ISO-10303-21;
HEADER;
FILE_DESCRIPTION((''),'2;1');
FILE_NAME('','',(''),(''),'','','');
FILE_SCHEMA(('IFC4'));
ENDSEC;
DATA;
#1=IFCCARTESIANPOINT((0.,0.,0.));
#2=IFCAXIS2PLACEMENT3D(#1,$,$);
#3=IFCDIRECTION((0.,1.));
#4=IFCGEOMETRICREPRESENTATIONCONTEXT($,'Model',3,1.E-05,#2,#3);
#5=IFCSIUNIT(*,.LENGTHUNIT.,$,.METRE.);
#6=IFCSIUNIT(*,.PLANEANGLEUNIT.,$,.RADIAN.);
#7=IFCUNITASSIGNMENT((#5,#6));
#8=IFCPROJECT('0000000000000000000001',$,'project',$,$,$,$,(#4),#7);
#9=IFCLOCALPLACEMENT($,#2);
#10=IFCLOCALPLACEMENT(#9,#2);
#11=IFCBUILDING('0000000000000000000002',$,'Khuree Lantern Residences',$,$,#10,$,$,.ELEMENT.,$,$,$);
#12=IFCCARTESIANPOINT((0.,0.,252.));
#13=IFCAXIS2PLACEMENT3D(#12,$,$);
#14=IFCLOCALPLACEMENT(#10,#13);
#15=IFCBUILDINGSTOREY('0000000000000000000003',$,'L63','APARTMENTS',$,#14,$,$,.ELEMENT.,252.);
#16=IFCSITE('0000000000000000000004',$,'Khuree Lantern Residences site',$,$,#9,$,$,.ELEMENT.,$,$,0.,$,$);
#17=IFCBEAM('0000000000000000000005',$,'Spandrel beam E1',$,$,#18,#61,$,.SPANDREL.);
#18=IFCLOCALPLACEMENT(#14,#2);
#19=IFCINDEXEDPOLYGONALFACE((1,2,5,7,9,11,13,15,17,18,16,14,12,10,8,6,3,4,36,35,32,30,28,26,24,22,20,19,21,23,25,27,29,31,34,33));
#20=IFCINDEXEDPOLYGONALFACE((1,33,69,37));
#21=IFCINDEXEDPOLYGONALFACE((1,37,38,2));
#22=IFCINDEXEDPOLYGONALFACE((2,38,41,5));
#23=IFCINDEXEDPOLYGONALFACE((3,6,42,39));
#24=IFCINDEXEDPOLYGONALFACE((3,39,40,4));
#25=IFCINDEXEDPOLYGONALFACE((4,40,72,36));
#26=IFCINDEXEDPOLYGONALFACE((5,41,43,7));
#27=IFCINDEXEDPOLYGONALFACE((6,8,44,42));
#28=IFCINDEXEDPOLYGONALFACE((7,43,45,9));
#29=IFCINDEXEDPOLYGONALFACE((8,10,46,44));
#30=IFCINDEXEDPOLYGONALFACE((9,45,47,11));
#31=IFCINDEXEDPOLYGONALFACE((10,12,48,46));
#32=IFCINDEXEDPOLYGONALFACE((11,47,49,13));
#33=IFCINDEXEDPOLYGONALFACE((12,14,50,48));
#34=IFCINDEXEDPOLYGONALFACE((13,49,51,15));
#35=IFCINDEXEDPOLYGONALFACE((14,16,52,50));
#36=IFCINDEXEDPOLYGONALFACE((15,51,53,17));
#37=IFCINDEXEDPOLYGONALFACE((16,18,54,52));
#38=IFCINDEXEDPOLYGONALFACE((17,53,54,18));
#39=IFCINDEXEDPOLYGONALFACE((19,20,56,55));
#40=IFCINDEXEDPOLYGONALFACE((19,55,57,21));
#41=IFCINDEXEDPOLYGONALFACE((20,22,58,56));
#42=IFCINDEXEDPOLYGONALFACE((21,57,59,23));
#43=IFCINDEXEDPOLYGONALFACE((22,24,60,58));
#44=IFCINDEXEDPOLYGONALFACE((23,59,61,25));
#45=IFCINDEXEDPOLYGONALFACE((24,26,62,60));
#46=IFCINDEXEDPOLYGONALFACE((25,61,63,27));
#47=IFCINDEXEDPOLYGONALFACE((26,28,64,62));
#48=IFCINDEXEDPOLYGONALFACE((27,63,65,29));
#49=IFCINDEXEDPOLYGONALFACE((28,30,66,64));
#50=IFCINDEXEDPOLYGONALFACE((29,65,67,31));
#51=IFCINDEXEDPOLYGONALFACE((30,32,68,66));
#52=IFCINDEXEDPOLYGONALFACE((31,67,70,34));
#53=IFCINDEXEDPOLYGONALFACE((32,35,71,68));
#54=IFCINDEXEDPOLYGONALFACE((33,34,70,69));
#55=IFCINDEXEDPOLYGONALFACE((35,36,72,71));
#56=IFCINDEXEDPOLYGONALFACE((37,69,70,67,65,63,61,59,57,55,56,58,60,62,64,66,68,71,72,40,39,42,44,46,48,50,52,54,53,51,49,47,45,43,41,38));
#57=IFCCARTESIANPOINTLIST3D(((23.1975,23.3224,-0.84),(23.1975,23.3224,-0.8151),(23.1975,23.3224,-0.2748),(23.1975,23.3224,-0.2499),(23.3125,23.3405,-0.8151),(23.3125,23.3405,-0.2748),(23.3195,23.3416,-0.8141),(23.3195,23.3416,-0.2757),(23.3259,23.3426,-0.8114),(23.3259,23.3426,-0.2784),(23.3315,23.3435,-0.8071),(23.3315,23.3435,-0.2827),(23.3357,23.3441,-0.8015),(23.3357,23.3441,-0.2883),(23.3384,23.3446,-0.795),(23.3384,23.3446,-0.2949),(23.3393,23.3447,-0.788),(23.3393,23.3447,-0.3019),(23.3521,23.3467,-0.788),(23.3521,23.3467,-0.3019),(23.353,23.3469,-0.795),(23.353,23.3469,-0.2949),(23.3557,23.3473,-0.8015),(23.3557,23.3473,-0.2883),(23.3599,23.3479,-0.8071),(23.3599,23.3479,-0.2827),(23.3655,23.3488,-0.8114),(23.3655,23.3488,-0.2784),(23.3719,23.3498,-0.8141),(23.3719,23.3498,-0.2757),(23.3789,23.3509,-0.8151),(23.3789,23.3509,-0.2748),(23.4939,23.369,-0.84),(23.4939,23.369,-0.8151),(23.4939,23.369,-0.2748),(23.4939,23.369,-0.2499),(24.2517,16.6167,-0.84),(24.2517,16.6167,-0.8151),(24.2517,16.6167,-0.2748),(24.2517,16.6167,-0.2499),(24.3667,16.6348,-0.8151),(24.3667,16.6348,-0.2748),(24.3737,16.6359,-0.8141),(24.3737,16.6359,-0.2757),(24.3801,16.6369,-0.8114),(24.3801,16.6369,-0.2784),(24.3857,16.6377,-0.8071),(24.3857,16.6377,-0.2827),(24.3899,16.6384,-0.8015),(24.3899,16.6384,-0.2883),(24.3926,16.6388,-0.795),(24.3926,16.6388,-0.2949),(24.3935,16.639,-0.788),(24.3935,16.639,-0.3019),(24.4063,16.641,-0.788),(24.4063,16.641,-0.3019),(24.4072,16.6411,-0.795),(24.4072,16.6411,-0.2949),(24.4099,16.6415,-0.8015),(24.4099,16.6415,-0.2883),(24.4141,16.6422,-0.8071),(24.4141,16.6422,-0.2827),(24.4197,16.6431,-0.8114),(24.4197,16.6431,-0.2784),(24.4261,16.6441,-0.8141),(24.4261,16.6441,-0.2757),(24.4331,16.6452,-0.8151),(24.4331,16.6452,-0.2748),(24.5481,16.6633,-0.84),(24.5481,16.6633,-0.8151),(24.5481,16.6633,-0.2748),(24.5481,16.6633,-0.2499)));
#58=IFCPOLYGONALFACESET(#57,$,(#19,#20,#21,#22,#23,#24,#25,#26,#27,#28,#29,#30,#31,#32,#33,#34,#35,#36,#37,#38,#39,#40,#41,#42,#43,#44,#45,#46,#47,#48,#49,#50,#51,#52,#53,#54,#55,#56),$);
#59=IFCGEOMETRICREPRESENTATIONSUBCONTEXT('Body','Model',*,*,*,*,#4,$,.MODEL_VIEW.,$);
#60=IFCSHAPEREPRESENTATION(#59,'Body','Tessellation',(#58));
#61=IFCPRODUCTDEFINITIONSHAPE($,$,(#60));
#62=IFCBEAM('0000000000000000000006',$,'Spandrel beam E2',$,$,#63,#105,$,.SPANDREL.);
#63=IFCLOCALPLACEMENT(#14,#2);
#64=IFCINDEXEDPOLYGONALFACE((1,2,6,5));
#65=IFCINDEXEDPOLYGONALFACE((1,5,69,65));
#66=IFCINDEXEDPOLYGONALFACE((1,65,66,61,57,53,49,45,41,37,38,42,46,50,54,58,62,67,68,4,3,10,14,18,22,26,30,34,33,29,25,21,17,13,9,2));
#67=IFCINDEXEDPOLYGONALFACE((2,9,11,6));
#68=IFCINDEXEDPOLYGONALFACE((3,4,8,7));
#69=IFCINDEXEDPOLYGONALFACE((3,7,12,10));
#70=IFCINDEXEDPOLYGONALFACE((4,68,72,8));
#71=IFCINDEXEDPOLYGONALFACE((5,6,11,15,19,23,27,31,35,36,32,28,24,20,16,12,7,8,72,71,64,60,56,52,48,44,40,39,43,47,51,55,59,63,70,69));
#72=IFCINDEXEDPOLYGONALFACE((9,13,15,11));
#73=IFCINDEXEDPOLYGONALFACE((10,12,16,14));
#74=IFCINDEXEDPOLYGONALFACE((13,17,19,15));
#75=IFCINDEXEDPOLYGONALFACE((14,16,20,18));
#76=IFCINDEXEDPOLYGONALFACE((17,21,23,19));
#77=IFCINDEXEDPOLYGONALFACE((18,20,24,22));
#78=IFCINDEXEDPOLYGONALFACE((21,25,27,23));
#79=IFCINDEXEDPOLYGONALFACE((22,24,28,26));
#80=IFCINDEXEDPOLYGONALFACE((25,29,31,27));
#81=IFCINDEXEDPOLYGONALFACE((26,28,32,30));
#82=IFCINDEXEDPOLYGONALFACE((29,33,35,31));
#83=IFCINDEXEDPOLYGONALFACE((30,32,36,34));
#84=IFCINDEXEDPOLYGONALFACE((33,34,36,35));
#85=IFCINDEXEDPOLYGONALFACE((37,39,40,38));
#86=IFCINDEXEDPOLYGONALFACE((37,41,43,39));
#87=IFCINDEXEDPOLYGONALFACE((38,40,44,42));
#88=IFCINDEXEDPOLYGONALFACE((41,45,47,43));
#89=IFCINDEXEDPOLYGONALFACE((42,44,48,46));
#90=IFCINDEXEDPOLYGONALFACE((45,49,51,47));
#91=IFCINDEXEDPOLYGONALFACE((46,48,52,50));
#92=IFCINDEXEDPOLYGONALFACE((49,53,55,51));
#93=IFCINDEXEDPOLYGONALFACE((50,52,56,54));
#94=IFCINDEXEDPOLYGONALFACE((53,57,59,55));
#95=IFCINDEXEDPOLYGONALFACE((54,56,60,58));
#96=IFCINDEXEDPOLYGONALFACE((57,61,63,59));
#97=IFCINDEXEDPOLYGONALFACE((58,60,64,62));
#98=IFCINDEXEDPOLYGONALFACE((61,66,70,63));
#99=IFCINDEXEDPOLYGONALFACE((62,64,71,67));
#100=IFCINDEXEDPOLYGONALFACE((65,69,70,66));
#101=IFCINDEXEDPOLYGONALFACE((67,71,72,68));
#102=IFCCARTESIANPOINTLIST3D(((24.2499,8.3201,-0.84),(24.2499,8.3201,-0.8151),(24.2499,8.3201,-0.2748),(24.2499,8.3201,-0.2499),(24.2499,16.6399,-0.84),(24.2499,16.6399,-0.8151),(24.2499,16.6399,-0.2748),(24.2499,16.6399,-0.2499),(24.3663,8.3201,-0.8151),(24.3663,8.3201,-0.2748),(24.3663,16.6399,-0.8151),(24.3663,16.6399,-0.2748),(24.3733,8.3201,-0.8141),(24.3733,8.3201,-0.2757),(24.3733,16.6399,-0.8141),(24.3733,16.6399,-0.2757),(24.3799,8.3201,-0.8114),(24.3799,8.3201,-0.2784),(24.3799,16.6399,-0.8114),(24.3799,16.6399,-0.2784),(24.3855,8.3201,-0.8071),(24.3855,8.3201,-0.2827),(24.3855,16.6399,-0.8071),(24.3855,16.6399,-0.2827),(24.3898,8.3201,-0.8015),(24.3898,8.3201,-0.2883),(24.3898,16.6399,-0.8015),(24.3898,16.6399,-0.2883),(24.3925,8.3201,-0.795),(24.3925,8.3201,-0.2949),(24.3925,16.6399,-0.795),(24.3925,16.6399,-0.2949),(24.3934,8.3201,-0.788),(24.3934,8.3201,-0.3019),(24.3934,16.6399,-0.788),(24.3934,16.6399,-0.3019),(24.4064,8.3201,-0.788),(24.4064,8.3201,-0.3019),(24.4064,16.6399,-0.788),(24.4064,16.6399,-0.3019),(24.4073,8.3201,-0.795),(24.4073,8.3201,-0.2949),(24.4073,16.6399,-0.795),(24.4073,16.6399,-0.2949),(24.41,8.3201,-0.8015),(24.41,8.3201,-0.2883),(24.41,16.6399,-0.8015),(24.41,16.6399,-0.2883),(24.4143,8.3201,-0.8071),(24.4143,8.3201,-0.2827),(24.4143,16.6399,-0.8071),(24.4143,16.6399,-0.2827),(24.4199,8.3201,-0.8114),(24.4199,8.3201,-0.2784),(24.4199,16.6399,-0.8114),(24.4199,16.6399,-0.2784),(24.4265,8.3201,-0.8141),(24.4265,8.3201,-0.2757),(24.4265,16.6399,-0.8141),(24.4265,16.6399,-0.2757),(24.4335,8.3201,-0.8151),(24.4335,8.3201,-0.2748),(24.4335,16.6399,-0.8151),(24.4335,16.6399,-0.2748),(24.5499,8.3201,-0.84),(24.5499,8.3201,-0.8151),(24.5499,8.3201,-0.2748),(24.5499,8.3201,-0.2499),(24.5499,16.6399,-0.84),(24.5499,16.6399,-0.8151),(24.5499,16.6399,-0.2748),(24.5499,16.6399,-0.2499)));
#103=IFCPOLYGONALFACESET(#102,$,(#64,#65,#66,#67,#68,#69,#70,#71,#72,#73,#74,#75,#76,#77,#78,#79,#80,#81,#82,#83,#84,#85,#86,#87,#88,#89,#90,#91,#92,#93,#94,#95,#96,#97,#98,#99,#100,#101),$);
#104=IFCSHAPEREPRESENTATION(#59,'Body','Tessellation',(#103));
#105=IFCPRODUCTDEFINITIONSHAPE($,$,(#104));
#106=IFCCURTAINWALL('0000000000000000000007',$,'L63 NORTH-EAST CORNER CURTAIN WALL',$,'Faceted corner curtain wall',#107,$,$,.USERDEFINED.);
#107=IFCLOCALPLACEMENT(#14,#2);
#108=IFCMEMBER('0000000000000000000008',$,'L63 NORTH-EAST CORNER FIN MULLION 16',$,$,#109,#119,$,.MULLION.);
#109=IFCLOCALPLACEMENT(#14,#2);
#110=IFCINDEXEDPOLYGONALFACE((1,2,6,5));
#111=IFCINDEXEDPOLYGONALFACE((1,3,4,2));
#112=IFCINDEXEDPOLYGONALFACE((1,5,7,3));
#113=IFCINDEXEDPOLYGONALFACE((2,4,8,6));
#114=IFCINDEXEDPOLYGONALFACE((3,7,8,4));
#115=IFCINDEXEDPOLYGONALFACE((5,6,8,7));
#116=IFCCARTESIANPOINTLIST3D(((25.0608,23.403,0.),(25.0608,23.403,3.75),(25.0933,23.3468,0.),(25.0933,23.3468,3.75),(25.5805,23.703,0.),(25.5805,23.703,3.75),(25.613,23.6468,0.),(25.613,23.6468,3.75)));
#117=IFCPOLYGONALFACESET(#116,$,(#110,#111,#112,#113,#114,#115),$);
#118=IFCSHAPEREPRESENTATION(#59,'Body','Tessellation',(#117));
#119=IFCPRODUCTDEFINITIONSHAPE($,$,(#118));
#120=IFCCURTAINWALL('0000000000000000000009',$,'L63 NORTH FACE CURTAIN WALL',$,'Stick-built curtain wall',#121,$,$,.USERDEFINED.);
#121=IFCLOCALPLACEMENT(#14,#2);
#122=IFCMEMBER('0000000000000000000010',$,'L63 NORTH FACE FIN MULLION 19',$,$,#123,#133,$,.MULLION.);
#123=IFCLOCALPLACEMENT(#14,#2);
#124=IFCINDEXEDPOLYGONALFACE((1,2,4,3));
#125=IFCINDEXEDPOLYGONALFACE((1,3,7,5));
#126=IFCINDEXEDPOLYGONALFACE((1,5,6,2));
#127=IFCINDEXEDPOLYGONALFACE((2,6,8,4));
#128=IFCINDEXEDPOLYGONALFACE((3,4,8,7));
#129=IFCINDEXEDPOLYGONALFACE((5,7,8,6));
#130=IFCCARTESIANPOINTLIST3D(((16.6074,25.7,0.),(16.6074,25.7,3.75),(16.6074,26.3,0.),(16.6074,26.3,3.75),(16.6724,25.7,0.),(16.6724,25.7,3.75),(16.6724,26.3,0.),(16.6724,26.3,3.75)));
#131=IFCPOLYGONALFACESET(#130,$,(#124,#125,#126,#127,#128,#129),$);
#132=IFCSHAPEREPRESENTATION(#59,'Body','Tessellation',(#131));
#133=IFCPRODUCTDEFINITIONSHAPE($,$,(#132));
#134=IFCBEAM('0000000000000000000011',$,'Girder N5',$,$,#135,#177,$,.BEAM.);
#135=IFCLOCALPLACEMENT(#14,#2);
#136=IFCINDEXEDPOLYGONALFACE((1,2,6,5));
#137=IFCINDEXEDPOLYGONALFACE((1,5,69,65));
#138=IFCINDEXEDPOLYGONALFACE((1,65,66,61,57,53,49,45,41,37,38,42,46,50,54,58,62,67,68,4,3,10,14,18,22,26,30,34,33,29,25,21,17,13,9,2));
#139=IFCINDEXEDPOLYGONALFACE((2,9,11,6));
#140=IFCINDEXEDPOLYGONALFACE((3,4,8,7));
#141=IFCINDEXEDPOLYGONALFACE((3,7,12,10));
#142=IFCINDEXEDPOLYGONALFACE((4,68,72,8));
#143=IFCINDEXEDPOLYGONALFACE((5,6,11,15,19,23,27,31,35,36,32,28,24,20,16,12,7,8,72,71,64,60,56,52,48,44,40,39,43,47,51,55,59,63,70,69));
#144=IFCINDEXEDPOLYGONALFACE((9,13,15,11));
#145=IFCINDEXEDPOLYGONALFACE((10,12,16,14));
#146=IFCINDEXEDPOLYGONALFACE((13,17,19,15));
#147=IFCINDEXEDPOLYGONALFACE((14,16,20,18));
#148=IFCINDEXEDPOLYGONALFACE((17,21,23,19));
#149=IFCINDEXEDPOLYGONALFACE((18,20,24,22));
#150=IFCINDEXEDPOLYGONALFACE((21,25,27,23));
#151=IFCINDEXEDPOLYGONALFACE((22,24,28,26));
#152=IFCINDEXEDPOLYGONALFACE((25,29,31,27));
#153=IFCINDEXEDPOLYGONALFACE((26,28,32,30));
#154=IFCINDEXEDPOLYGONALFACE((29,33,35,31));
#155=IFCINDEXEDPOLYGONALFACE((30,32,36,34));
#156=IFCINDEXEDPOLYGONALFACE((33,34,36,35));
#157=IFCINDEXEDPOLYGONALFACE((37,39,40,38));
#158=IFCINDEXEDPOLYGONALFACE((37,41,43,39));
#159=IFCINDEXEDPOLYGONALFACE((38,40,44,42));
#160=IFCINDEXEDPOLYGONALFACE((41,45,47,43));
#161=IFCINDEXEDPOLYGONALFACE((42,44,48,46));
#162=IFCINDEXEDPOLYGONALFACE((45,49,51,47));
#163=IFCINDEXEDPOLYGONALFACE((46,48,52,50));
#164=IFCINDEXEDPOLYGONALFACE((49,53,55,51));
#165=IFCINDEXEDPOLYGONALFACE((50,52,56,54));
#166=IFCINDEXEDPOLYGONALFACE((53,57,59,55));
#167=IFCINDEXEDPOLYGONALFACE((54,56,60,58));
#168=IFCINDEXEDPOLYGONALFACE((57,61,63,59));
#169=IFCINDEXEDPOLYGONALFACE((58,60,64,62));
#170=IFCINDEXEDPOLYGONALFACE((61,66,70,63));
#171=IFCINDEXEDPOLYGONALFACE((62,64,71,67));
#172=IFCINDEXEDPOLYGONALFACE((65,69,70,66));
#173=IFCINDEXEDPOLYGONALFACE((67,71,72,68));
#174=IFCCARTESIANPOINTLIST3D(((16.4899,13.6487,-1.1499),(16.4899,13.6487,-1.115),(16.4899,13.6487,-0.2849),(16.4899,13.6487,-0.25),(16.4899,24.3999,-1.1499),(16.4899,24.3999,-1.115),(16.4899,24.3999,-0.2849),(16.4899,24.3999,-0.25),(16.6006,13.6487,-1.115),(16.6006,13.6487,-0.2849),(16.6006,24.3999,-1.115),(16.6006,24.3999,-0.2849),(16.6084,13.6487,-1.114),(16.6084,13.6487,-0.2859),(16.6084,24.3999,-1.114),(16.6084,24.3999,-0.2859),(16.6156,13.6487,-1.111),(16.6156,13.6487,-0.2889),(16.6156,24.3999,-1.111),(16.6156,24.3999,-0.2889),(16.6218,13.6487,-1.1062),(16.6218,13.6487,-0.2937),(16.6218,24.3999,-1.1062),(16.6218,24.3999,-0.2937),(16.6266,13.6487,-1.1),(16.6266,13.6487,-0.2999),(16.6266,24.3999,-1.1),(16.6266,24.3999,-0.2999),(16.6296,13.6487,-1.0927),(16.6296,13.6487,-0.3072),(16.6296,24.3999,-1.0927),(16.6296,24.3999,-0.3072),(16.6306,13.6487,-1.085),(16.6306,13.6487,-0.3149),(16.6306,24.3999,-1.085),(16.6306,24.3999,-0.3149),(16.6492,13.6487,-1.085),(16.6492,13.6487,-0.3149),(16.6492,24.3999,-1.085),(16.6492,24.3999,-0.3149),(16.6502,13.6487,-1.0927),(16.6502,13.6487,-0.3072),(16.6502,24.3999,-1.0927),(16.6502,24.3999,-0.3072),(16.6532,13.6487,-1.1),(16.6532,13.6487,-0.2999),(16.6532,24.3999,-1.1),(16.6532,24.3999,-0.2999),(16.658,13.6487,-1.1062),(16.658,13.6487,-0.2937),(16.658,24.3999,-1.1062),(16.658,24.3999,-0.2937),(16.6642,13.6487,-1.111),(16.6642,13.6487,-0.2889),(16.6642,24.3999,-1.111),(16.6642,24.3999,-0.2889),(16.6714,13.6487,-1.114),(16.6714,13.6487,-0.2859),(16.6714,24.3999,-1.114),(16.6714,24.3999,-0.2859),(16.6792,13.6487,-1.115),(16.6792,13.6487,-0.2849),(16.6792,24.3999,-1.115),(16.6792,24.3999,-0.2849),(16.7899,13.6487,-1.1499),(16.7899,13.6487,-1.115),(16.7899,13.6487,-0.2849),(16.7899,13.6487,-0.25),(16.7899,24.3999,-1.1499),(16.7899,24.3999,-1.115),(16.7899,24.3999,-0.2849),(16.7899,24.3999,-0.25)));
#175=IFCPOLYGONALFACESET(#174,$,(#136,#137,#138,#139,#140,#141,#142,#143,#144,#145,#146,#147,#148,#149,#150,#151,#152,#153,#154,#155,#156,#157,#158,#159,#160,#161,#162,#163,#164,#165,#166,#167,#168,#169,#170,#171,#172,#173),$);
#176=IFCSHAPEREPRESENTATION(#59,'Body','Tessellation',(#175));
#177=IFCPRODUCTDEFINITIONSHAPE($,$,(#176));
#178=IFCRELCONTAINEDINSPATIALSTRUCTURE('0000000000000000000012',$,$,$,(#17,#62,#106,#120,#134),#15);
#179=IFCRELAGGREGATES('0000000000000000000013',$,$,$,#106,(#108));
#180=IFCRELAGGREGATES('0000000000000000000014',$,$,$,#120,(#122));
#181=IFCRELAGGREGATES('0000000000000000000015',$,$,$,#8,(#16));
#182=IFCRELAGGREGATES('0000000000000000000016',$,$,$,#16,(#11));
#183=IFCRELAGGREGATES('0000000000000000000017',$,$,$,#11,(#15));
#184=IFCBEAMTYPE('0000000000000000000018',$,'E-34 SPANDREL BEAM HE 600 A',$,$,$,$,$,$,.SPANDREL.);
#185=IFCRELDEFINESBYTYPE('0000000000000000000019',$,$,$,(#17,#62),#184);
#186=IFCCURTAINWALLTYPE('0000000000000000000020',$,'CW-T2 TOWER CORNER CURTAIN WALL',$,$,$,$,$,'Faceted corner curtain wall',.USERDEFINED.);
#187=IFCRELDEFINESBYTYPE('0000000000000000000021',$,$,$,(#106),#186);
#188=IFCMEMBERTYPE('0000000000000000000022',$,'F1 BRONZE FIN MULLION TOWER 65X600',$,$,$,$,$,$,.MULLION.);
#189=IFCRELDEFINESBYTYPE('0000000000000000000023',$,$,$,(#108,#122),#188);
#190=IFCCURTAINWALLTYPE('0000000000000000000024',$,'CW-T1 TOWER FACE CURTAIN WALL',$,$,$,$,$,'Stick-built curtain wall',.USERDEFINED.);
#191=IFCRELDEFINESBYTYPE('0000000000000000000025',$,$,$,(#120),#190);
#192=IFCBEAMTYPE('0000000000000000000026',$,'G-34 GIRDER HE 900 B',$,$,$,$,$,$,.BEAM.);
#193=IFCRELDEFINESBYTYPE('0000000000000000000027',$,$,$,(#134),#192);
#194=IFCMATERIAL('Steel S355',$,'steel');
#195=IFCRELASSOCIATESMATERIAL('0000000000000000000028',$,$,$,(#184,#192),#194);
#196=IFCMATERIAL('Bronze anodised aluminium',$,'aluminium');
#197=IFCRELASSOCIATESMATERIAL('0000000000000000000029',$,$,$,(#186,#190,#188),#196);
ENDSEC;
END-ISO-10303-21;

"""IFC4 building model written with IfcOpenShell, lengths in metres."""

from ifc_helpers import new_model, si_unit, direction, frame, origin, origin_2d, place, context, subcontext, project, spatial, rectangle, i_section, extrude, material, material_profile, profile_set, type_object, element, aggregate, save


model = new_model("IFC4")

# Units and contexts
model_context = context("Model", 3, precision=1e-05, world=origin(), true_north=direction((0.0, 1.0)))
body_context = subcontext(model_context, "Body", "Model", "MODEL_VIEW")
ifc_project = project(units=[si_unit("LENGTHUNIT", "METRE"), si_unit("PLANEANGLEUNIT", "RADIAN")], contexts=[model_context])

# Site, building, storey
site_placement = place(None, origin())
site = spatial("IfcSite", under=ifc_project, at=site_placement, Name="Khuree Lantern Residences site", CompositionType="ELEMENT", RefElevation=0.0)
building_placement = place(site_placement, origin())
building = spatial("IfcBuilding", under=site, at=building_placement, Name="Khuree Lantern Residences", CompositionType="ELEMENT")
storey_placement = place(building_placement, frame((0.0, 0.0, 252.0)))
storey = spatial("IfcBuildingStorey", under=building, at=storey_placement, Name="L63", Description="APARTMENTS", CompositionType="ELEMENT", Elevation=252.0)

# Beams
ifc_material_1 = material(Name="Steel S355", Category="steel")
ifc_material_profile_1 = material_profile(ifc_material_1, i_section(OverallWidth=0.3, OverallDepth=0.5901, WebThickness=0.0129, FlangeThickness=0.0249, FilletRadius=0.0271, at=origin_2d()), Name="HE 600 A")
ifc_profile_set_1 = profile_set([ifc_material_profile_1], Name="Steel S355")
beam_type_1 = type_object("IfcBeamType", Name="E-34 SPANDREL BEAM HE 600 A", PredefinedType="SPANDREL", material=ifc_profile_set_1)
for number, where, z_axis, x_axis, name in (
    (1, (23.3457, 23.3457, -0.5449), (0.1553, -0.987867, 0.0), (0.987867, 0.1553, 0.0), "Spandrel beam E1"),
):
    element("IfcBeam", number, at=place(storey_placement, frame(where, z_axis=z_axis, x_axis=x_axis)), inside=storey, type_object=beam_type_1, Name=name, PredefinedType="SPANDREL", context=body_context, shape_type="SweptSolid", body=[
        extrude(i_section(OverallWidth=0.3, OverallDepth=0.5901, WebThickness=0.0129, FlangeThickness=0.0249, FilletRadius=0.0271, at=origin_2d()), origin(), (0.0, 0.0, 1.0), 6.7881),
    ])
beam_1_placement = place(storey_placement, frame((24.3999, 16.6399, -0.5449), z_axis=(0.0, -1.0, 0.0), x_axis=(1.0, 0.0, 0.0)))
element("IfcBeam", 2, at=beam_1_placement, inside=storey, type_object=beam_type_1, Name="Spandrel beam E2", PredefinedType="SPANDREL", context=body_context, shape_type="SweptSolid", body=[
    extrude(i_section(OverallWidth=0.3, OverallDepth=0.5901, WebThickness=0.0129, FlangeThickness=0.0249, FilletRadius=0.0271, at=origin_2d()), origin(), (0.0, 0.0, 1.0), 8.3198),
])

# Curtain walls, members
ifc_material_2 = material(Name="Bronze anodised aluminium", Category="aluminium")
curtain_wall_type_1 = type_object("IfcCurtainWallType", Name="CW-T2 TOWER CORNER CURTAIN WALL", ElementType="Faceted corner curtain wall", PredefinedType="USERDEFINED", material=ifc_material_2)
curtain_wall_1_placement = place(storey_placement, origin())
curtain_wall_1 = element("IfcCurtainWall", 3, at=curtain_wall_1_placement, inside=storey, type_object=curtain_wall_type_1, Name="L63 NORTH-EAST CORNER CURTAIN WALL", ObjectType="Faceted corner curtain wall", PredefinedType="USERDEFINED")
ifc_material_profile_2 = material_profile(ifc_material_2, rectangle(XDim=0.0649, YDim=0.6001, at=origin_2d()), Name="F1 65X600")
ifc_profile_set_2 = profile_set([ifc_material_profile_2], Name="Bronze anodised aluminium")
member_type_1 = type_object("IfcMemberType", Name="F1 BRONZE FIN MULLION TOWER 65X600", PredefinedType="MULLION", material=ifc_profile_set_2)
member_1_placement = place(storey_placement, frame((25.3369, 23.5249, 0.0), z_axis=(0.0, 0.0, 1.0), x_axis=(-0.5, 0.866025, 0.0)))
member_1 = element("IfcMember", 4, at=member_1_placement, type_object=member_type_1, Name="L63 NORTH-EAST CORNER FIN MULLION 16", PredefinedType="MULLION", context=body_context, shape_type="SweptSolid", body=[
    extrude(rectangle(XDim=0.0649, YDim=0.6001, at=origin_2d()), origin(), (0.0, 0.0, 1.0), 3.75),
])
curtain_wall_type_2 = type_object("IfcCurtainWallType", Name="CW-T1 TOWER FACE CURTAIN WALL", ElementType="Stick-built curtain wall", PredefinedType="USERDEFINED", material=ifc_material_2)
curtain_wall_2_placement = place(storey_placement, origin())
curtain_wall_2 = element("IfcCurtainWall", 5, at=curtain_wall_2_placement, inside=storey, type_object=curtain_wall_type_2, Name="L63 NORTH FACE CURTAIN WALL", ObjectType="Stick-built curtain wall", PredefinedType="USERDEFINED")
member_2_placement = place(storey_placement, frame((16.6399, 26.0, 0.0), z_axis=(0.0, 0.0, 1.0), x_axis=(-1.0, 0.0, 0.0)))
member_2 = element("IfcMember", 6, at=member_2_placement, type_object=member_type_1, Name="L63 NORTH FACE FIN MULLION 19", PredefinedType="MULLION", context=body_context, shape_type="SweptSolid", body=[
    extrude(rectangle(XDim=0.0649, YDim=0.6001, at=origin_2d()), origin(), (0.0, 0.0, 1.0), 3.75),
])

# Beam
ifc_material_profile_3 = material_profile(ifc_material_1, i_section(OverallWidth=0.3, OverallDepth=0.8999, WebThickness=0.0186, FlangeThickness=0.0349, FilletRadius=0.03, at=origin_2d()), Name="HE 900 B")
ifc_profile_set_3 = profile_set([ifc_material_profile_3], Name="Steel S355")
beam_type_2 = type_object("IfcBeamType", Name="G-34 GIRDER HE 900 B", PredefinedType="BEAM", material=ifc_profile_set_3)
beam_2_placement = place(storey_placement, frame((16.6399, 24.3999, -0.7), z_axis=(0.0, -1.0, 0.0), x_axis=(1.0, 0.0, 0.0)))
element("IfcBeam", 7, at=beam_2_placement, inside=storey, type_object=beam_type_2, Name="Girder N5", PredefinedType="BEAM", context=body_context, shape_type="SweptSolid", body=[
    extrude(i_section(OverallWidth=0.3, OverallDepth=0.8999, WebThickness=0.0186, FlangeThickness=0.0349, FilletRadius=0.03, at=origin_2d()), origin(), (0.0, 0.0, 1.0), 10.7512),
])

aggregate(curtain_wall_1, [member_1])
aggregate(curtain_wall_2, [member_2])

save(model, "model.ifc")
